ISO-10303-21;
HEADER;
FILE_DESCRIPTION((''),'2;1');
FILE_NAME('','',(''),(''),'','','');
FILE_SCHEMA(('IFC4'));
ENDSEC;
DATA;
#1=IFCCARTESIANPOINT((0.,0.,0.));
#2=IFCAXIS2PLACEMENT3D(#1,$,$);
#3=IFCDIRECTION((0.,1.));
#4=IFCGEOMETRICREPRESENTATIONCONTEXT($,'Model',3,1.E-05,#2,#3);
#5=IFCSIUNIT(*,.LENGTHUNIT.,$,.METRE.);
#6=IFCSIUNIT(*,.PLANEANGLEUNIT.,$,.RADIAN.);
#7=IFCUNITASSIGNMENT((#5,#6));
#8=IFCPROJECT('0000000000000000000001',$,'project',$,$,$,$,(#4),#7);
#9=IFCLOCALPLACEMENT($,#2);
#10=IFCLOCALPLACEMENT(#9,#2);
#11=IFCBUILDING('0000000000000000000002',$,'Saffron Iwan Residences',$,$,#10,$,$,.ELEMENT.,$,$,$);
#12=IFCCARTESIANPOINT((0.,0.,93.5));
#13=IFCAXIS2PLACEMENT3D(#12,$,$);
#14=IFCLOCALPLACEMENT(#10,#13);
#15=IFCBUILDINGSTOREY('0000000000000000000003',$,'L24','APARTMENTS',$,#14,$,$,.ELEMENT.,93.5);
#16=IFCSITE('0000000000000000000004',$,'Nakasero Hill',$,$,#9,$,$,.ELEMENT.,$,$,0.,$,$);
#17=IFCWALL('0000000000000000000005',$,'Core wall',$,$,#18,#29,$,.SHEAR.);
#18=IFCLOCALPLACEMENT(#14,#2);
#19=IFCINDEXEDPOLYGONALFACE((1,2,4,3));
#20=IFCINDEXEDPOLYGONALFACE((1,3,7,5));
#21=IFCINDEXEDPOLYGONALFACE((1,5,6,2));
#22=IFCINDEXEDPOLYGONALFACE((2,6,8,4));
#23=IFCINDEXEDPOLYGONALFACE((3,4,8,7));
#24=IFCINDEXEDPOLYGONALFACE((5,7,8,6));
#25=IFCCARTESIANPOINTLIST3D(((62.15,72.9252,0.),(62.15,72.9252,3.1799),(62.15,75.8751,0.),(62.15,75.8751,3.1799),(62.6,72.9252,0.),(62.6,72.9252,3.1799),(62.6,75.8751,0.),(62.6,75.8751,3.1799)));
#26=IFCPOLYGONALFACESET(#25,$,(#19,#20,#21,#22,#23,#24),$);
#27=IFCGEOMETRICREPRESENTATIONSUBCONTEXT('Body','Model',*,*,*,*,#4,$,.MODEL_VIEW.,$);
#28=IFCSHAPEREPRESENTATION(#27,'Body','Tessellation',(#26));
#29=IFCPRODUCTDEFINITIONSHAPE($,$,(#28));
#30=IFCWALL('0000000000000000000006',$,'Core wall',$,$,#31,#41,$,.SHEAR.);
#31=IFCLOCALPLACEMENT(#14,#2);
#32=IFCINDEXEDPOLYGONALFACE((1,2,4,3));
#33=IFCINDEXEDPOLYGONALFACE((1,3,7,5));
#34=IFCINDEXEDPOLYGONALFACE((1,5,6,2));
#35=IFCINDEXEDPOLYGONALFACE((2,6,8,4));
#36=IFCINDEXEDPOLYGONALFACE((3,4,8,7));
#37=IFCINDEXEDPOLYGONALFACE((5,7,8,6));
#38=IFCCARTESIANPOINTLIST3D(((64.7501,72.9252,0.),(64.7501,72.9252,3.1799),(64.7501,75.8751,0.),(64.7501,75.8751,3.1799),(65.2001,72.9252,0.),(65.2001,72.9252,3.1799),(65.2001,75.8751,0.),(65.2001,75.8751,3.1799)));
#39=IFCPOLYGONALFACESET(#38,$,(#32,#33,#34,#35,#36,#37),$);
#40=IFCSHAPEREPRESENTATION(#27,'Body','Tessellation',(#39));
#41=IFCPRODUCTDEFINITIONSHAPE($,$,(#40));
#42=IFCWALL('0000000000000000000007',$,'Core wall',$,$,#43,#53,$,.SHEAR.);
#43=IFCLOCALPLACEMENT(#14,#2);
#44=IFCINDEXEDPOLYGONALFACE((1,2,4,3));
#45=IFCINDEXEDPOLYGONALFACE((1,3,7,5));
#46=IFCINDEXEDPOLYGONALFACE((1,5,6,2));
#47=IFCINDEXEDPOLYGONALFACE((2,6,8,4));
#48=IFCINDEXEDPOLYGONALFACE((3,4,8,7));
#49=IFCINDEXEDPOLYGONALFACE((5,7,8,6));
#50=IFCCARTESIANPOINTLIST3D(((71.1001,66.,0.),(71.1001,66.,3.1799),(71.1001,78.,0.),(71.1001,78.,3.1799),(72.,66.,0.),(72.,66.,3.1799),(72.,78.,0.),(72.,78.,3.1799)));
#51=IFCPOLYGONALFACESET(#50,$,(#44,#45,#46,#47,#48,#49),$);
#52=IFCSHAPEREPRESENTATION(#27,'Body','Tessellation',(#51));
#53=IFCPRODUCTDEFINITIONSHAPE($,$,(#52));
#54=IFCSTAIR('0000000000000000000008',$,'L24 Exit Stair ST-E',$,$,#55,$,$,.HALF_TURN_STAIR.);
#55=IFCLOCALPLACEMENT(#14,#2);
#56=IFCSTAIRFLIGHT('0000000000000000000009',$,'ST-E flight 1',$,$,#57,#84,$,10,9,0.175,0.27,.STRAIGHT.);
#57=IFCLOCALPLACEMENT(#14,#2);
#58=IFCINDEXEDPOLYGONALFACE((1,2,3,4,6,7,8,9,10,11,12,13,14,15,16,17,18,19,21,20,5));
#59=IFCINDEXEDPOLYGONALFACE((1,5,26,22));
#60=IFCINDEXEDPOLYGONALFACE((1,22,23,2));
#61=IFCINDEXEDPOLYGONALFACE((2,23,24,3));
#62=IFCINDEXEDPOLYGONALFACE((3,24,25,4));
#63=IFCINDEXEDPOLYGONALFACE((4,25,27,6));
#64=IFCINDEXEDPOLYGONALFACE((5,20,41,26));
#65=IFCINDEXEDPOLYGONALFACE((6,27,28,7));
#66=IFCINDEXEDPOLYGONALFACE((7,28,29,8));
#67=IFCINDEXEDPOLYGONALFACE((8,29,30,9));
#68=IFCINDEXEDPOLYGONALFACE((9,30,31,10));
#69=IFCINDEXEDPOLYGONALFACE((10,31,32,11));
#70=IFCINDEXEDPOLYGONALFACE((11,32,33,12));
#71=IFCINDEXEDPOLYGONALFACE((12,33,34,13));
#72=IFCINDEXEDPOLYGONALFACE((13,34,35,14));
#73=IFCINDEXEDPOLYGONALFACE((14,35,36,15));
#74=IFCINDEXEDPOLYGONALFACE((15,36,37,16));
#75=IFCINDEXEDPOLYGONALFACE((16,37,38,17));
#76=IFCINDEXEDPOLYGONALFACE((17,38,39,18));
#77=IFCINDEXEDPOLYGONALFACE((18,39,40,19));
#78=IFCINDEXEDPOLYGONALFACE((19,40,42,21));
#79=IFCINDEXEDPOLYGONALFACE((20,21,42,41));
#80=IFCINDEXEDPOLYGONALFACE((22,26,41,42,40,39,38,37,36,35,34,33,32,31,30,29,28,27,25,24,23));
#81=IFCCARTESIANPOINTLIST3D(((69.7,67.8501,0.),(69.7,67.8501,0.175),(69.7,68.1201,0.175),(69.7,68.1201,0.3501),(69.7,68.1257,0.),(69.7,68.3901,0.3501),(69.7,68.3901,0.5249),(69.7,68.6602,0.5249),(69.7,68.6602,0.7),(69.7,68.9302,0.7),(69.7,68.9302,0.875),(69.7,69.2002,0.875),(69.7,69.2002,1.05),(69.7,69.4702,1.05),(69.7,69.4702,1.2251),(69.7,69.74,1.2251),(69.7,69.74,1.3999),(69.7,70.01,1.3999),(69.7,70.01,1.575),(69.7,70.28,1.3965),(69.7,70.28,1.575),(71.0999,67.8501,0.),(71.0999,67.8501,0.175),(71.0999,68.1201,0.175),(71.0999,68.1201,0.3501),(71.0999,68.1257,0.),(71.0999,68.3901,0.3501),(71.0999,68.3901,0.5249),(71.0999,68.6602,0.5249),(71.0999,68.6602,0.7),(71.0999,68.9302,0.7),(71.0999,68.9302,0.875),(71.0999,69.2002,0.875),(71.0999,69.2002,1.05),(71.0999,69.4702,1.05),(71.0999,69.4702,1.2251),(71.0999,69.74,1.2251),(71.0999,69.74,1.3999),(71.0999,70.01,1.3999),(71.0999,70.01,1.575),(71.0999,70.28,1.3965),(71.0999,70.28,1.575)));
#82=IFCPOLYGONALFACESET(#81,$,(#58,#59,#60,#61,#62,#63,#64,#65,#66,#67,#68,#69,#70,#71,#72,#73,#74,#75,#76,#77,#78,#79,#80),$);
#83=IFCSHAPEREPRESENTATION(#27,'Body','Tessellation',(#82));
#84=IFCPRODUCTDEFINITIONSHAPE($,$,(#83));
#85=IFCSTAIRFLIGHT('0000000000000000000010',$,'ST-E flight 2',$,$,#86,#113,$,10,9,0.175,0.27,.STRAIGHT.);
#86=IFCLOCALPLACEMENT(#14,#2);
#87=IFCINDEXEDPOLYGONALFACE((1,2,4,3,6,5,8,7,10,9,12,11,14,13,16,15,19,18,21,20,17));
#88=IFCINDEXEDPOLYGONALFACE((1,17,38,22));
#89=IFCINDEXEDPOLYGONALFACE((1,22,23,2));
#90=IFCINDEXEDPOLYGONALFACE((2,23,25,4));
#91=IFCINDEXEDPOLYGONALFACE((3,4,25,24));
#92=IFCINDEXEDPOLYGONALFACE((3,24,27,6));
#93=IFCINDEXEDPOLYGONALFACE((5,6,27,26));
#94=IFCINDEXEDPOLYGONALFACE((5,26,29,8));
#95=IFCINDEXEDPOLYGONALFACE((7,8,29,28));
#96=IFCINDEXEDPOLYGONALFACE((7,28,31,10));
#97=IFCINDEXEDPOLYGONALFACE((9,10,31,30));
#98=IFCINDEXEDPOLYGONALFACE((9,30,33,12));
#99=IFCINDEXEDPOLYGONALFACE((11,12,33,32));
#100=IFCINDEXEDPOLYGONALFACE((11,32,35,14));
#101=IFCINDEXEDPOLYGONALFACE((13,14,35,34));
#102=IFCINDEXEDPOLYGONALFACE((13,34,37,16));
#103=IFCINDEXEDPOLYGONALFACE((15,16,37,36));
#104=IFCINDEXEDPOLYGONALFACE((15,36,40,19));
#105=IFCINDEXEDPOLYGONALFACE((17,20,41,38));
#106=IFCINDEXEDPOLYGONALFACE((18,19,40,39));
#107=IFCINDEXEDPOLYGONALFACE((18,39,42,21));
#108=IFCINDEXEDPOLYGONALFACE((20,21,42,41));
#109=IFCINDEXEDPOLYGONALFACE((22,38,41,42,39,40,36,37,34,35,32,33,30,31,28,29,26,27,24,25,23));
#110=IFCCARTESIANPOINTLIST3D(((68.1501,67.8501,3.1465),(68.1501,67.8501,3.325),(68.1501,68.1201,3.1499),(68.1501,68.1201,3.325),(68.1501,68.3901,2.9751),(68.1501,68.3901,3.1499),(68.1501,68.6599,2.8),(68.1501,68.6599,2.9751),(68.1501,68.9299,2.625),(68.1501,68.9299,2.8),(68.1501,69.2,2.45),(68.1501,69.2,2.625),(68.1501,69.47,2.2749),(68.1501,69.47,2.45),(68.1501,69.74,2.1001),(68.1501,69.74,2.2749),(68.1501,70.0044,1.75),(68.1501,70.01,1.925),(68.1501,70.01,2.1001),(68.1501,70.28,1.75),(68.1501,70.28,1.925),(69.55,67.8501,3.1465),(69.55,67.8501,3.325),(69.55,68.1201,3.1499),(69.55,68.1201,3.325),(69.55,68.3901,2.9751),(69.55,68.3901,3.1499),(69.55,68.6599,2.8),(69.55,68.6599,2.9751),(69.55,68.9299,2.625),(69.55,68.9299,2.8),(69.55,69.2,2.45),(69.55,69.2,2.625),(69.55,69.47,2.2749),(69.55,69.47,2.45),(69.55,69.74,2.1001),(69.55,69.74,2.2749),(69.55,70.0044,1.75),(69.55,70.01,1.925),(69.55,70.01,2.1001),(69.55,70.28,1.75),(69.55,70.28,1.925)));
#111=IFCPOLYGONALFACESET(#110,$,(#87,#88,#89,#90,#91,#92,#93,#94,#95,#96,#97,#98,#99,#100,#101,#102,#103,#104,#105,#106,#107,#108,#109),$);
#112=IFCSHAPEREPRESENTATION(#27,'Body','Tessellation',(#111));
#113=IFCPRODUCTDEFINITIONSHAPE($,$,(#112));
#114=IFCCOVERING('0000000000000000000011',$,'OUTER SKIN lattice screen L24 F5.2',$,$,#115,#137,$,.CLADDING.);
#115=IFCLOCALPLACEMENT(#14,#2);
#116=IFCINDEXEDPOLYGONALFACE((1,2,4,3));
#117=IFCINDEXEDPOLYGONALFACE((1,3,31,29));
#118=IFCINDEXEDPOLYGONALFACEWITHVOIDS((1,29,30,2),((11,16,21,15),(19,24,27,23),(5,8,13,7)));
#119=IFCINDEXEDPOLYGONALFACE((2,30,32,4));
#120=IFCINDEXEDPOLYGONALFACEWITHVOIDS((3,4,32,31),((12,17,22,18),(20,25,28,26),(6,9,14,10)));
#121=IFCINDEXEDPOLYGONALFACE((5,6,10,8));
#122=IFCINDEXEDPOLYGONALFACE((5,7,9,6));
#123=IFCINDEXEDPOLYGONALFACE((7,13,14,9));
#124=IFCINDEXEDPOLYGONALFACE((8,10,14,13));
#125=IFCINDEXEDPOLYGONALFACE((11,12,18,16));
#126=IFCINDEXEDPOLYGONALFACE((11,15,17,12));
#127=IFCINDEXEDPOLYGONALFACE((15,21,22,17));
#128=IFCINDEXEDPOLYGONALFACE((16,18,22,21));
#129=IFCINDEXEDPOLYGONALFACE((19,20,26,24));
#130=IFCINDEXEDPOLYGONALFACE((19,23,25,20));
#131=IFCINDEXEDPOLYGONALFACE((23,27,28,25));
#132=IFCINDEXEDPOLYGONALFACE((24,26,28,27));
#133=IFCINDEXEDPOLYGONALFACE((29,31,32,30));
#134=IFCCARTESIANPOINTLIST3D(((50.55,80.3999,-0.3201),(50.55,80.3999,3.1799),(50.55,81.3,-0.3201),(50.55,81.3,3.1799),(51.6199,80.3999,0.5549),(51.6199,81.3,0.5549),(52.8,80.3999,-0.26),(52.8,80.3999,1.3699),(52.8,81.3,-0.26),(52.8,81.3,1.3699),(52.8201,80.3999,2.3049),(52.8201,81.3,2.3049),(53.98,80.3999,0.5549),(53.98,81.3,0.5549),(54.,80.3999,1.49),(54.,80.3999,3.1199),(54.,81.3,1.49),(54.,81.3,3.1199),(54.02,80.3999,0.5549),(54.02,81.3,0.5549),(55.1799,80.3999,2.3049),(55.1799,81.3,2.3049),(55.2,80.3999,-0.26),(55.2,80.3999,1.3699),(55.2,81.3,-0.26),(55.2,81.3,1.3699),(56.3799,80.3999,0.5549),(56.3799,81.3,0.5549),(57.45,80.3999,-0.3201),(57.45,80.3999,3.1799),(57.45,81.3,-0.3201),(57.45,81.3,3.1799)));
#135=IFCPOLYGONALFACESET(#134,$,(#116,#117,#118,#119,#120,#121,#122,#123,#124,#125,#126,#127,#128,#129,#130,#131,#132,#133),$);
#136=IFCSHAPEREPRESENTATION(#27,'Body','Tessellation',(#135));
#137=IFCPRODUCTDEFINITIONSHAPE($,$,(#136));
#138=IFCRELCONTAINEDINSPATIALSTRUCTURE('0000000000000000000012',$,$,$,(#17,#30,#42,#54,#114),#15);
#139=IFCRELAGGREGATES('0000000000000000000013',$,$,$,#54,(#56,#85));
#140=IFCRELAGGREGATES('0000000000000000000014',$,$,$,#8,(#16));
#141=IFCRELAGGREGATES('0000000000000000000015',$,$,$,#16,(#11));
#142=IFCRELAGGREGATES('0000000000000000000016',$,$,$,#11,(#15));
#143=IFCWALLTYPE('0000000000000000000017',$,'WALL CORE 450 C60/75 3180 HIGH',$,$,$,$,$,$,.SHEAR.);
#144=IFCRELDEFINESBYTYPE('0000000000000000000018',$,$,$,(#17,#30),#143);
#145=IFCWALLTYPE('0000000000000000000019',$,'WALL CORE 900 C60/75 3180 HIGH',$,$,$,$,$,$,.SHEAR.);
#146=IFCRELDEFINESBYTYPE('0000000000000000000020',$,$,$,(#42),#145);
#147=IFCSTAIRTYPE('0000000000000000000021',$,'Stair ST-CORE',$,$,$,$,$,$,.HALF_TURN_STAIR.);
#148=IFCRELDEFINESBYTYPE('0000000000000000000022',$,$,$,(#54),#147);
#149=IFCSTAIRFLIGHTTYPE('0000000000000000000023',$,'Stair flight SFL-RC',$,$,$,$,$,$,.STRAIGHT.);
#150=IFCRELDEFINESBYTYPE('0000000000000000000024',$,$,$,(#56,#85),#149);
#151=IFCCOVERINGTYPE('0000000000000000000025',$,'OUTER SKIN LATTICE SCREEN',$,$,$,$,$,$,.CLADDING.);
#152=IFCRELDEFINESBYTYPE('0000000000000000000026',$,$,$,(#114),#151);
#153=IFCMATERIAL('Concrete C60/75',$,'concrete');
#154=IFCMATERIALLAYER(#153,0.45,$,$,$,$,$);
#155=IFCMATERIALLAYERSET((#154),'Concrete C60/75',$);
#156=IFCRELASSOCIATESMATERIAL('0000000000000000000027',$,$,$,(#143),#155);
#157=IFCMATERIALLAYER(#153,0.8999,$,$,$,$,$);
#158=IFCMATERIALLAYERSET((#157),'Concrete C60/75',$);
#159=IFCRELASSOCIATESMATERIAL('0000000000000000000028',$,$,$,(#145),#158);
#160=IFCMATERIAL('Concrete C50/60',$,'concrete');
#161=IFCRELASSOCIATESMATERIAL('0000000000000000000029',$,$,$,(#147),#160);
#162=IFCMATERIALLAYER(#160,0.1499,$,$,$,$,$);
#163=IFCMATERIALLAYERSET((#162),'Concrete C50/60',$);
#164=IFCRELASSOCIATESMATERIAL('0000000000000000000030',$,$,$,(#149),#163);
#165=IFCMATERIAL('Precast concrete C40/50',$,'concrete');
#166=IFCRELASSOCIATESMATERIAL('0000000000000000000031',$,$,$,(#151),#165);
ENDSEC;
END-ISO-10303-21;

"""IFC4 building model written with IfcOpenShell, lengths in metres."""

from ifc_helpers import new_model, si_unit, direction, frame, frame_2d, origin, place, context, subcontext, project, spatial, polyline, rectangle, outline, extrude, material, layer, layer_set, type_object, element, aggregate, save


model = new_model("IFC4")

# Units and contexts
model_context = context("Model", 3, precision=1e-05, world=origin(), true_north=direction((0.0, 1.0)))
body_context = subcontext(model_context, "Body", "Model", "MODEL_VIEW")
ifc_project = project(units=[si_unit("LENGTHUNIT", "METRE"), si_unit("PLANEANGLEUNIT", "RADIAN")], contexts=[model_context])

# Site, building, storey
site_placement = place(None, origin())
site = spatial("IfcSite", under=ifc_project, at=site_placement, Name="Nakasero Hill", CompositionType="ELEMENT", RefElevation=0.0)
building_placement = place(site_placement, origin())
building = spatial("IfcBuilding", under=site, at=building_placement, Name="Saffron Iwan Residences", CompositionType="ELEMENT")
storey_placement = place(building_placement, frame((0.0, 0.0, 93.5)))
storey = spatial("IfcBuildingStorey", under=building, at=storey_placement, Name="L24", Description="APARTMENTS", CompositionType="ELEMENT", Elevation=93.5)

# Shared definitions
ifc_material_1 = material(Name="Concrete C60/75", Category="concrete")

# Shared definitions
ifc_layer_1 = layer(ifc_material_1, 0.45)
ifc_layer_set_1 = layer_set([ifc_layer_1], Name="Concrete C60/75")
wall_type_1 = type_object("IfcWallType", Name="WALL CORE 450 C60/75 3180 HIGH", PredefinedType="SHEAR", material=ifc_layer_set_1)

# Walls
for number, where, z_axis, x_axis, name in (
    (1, (62.375, 72.925, 0.0), (0.0, 0.0, 1.0), (0.0, 1.0, 0.0), "Core wall"),
    (2, (64.9751, 72.925, 0.0), (0.0, 0.0, 1.0), (0.0, 1.0, 0.0), "Core wall"),
):
    element("IfcWall", number, at=place(storey_placement, frame(where, z_axis=z_axis, x_axis=x_axis)), inside=storey, type_object=wall_type_1, Name=name, PredefinedType="SHEAR", context=body_context, shape_type="SweptSolid", body=[
        extrude(rectangle(XDim=2.95, YDim=0.45, at=frame_2d((1.4751, 0.0))), origin(), (0.0, 0.0, 1.0), 3.1799),
    ])
ifc_layer_2 = layer(ifc_material_1, 0.8999)
ifc_layer_set_2 = layer_set([ifc_layer_2], Name="Concrete C60/75")
wall_type_2 = type_object("IfcWallType", Name="WALL CORE 900 C60/75 3180 HIGH", PredefinedType="SHEAR", material=ifc_layer_set_2)
wall_1_placement = place(storey_placement, frame((71.55, 66.0, 0.0), z_axis=(0.0, 0.0, 1.0), x_axis=(0.0, 1.0, 0.0)))
element("IfcWall", 3, at=wall_1_placement, inside=storey, type_object=wall_type_2, Name="Core wall", PredefinedType="SHEAR", context=body_context, shape_type="SweptSolid", body=[
    extrude(rectangle(XDim=12.0, YDim=0.8999, at=frame_2d((6.0, 0.0))), origin(), (0.0, 0.0, 1.0), 3.1799),
])

# Stair, stair flights
ifc_material_2 = material(Name="Concrete C50/60", Category="concrete")
stair_type = type_object("IfcStairType", Name="Stair ST-CORE", PredefinedType="HALF_TURN_STAIR", material=ifc_material_2)
stair_placement = place(storey_placement, origin())
stair = element("IfcStair", 4, at=stair_placement, inside=storey, type_object=stair_type, Name="L24 Exit Stair ST-E", PredefinedType="HALF_TURN_STAIR")
ifc_layer_3 = layer(ifc_material_2, 0.1499)
ifc_layer_set_3 = layer_set([ifc_layer_3], Name="Concrete C50/60")
stair_flight_type = type_object("IfcStairFlightType", Name="Stair flight SFL-RC", PredefinedType="STRAIGHT", material=ifc_layer_set_3)
stair_flight_1_placement = place(storey_placement, frame((70.3999, 67.8501, 0.0), z_axis=(0.0, 0.0, 1.0), x_axis=(0.0, 1.0, 0.0)))
stair_flight_1 = element("IfcStairFlight", 5, at=stair_flight_1_placement, type_object=stair_flight_type, Name="ST-E flight 1", NumberOfRisers=10, NumberOfTreads=9, PredefinedType="STRAIGHT", RiserHeight=0.175, TreadLength=0.27, context=body_context, shape_type="SweptSolid", body=[
    extrude(outline(polyline([(0.0, 0.0), (0.0, 0.175), (0.27, 0.175), (0.27, 0.3501), (0.54, 0.3501), (0.54, 0.5249), (0.8101, 0.5249), (0.8101, 0.7), (1.0801, 0.7), (1.0801, 0.875), (1.3501, 0.875), (1.3501, 1.05), (1.6201, 1.05), (1.6201, 1.2251), (1.8899, 1.2251), (1.8899, 1.3999), (2.1599, 1.3999), (2.1599, 1.575), (2.4299, 1.575), (2.4299, 1.75), (2.4299, 1.3965), (0.2756, 0.0), (0.0, 0.0)])), frame((0.0, 0.7, 0.0), z_axis=(0.0, -1.0, 0.0), x_axis=(1.0, 0.0, 0.0)), (0.0, 0.0, 1.0), 1.3999),
])
stair_flight_2_placement = place(storey_placement, frame((68.8501, 70.28, 1.75), z_axis=(0.0, 0.0, 1.0), x_axis=(0.0, -1.0, 0.0)))
stair_flight_2 = element("IfcStairFlight", 6, at=stair_flight_2_placement, type_object=stair_flight_type, Name="ST-E flight 2", NumberOfRisers=10, NumberOfTreads=9, PredefinedType="STRAIGHT", RiserHeight=0.175, TreadLength=0.27, context=body_context, shape_type="SweptSolid", body=[
    extrude(outline(polyline([(0.0, 0.0), (0.0, 0.175), (0.27, 0.175), (0.27, 0.3501), (0.54, 0.3501), (0.54, 0.5249), (0.8101, 0.5249), (0.8101, 0.7), (1.0801, 0.7), (1.0801, 0.875), (1.3501, 0.875), (1.3501, 1.05), (1.6201, 1.05), (1.6201, 1.2251), (1.8899, 1.2251), (1.8899, 1.3999), (2.1599, 1.3999), (2.1599, 1.575), (2.4299, 1.575), (2.4299, 1.75), (2.4299, 1.3965), (0.2756, 0.0), (0.0, 0.0)])), frame((0.0, 0.7, 0.0), z_axis=(0.0, -1.0, 0.0), x_axis=(1.0, 0.0, 0.0)), (0.0, 0.0, 1.0), 1.3999),
])
aggregate(stair, [stair_flight_1, stair_flight_2])

# Covering
ifc_material_3 = material(Name="Precast concrete C40/50", Category="concrete")
covering_type_1 = type_object("IfcCoveringType", Name="OUTER SKIN LATTICE SCREEN", PredefinedType="CLADDING", material=ifc_material_3)
covering_placement = place(storey_placement, frame((57.45, 80.3999, -0.3201), z_axis=(0.0, 1.0, 0.0), x_axis=(-1.0, 0.0, 0.0)))
element("IfcCovering", 7, at=covering_placement, inside=storey, type_object=covering_type_1, Name="OUTER SKIN lattice screen L24 F5.2", PredefinedType="CLADDING", context=body_context, shape_type="SweptSolid", body=[
    extrude(outline(polyline([(0.0, 0.0), (6.8999, 0.0), (6.8999, 3.5), (0.0, 3.5), (0.0, 0.0)]), holes=[polyline([(1.0701, 0.875), (2.25, 0.0601), (3.4299, 0.875), (2.25, 1.6899), (1.0701, 0.875)]), polyline([(3.47, 0.875), (4.6499, 0.0601), (5.8301, 0.875), (4.6499, 1.6899), (3.47, 0.875)]), polyline([(2.27, 2.625), (3.45, 1.8101), (4.6299, 2.625), (3.45, 3.4399), (2.27, 2.625)])]), origin(), (0.0, 0.0, 1.0), 0.9001),
])

save(model, "model.ifc")
